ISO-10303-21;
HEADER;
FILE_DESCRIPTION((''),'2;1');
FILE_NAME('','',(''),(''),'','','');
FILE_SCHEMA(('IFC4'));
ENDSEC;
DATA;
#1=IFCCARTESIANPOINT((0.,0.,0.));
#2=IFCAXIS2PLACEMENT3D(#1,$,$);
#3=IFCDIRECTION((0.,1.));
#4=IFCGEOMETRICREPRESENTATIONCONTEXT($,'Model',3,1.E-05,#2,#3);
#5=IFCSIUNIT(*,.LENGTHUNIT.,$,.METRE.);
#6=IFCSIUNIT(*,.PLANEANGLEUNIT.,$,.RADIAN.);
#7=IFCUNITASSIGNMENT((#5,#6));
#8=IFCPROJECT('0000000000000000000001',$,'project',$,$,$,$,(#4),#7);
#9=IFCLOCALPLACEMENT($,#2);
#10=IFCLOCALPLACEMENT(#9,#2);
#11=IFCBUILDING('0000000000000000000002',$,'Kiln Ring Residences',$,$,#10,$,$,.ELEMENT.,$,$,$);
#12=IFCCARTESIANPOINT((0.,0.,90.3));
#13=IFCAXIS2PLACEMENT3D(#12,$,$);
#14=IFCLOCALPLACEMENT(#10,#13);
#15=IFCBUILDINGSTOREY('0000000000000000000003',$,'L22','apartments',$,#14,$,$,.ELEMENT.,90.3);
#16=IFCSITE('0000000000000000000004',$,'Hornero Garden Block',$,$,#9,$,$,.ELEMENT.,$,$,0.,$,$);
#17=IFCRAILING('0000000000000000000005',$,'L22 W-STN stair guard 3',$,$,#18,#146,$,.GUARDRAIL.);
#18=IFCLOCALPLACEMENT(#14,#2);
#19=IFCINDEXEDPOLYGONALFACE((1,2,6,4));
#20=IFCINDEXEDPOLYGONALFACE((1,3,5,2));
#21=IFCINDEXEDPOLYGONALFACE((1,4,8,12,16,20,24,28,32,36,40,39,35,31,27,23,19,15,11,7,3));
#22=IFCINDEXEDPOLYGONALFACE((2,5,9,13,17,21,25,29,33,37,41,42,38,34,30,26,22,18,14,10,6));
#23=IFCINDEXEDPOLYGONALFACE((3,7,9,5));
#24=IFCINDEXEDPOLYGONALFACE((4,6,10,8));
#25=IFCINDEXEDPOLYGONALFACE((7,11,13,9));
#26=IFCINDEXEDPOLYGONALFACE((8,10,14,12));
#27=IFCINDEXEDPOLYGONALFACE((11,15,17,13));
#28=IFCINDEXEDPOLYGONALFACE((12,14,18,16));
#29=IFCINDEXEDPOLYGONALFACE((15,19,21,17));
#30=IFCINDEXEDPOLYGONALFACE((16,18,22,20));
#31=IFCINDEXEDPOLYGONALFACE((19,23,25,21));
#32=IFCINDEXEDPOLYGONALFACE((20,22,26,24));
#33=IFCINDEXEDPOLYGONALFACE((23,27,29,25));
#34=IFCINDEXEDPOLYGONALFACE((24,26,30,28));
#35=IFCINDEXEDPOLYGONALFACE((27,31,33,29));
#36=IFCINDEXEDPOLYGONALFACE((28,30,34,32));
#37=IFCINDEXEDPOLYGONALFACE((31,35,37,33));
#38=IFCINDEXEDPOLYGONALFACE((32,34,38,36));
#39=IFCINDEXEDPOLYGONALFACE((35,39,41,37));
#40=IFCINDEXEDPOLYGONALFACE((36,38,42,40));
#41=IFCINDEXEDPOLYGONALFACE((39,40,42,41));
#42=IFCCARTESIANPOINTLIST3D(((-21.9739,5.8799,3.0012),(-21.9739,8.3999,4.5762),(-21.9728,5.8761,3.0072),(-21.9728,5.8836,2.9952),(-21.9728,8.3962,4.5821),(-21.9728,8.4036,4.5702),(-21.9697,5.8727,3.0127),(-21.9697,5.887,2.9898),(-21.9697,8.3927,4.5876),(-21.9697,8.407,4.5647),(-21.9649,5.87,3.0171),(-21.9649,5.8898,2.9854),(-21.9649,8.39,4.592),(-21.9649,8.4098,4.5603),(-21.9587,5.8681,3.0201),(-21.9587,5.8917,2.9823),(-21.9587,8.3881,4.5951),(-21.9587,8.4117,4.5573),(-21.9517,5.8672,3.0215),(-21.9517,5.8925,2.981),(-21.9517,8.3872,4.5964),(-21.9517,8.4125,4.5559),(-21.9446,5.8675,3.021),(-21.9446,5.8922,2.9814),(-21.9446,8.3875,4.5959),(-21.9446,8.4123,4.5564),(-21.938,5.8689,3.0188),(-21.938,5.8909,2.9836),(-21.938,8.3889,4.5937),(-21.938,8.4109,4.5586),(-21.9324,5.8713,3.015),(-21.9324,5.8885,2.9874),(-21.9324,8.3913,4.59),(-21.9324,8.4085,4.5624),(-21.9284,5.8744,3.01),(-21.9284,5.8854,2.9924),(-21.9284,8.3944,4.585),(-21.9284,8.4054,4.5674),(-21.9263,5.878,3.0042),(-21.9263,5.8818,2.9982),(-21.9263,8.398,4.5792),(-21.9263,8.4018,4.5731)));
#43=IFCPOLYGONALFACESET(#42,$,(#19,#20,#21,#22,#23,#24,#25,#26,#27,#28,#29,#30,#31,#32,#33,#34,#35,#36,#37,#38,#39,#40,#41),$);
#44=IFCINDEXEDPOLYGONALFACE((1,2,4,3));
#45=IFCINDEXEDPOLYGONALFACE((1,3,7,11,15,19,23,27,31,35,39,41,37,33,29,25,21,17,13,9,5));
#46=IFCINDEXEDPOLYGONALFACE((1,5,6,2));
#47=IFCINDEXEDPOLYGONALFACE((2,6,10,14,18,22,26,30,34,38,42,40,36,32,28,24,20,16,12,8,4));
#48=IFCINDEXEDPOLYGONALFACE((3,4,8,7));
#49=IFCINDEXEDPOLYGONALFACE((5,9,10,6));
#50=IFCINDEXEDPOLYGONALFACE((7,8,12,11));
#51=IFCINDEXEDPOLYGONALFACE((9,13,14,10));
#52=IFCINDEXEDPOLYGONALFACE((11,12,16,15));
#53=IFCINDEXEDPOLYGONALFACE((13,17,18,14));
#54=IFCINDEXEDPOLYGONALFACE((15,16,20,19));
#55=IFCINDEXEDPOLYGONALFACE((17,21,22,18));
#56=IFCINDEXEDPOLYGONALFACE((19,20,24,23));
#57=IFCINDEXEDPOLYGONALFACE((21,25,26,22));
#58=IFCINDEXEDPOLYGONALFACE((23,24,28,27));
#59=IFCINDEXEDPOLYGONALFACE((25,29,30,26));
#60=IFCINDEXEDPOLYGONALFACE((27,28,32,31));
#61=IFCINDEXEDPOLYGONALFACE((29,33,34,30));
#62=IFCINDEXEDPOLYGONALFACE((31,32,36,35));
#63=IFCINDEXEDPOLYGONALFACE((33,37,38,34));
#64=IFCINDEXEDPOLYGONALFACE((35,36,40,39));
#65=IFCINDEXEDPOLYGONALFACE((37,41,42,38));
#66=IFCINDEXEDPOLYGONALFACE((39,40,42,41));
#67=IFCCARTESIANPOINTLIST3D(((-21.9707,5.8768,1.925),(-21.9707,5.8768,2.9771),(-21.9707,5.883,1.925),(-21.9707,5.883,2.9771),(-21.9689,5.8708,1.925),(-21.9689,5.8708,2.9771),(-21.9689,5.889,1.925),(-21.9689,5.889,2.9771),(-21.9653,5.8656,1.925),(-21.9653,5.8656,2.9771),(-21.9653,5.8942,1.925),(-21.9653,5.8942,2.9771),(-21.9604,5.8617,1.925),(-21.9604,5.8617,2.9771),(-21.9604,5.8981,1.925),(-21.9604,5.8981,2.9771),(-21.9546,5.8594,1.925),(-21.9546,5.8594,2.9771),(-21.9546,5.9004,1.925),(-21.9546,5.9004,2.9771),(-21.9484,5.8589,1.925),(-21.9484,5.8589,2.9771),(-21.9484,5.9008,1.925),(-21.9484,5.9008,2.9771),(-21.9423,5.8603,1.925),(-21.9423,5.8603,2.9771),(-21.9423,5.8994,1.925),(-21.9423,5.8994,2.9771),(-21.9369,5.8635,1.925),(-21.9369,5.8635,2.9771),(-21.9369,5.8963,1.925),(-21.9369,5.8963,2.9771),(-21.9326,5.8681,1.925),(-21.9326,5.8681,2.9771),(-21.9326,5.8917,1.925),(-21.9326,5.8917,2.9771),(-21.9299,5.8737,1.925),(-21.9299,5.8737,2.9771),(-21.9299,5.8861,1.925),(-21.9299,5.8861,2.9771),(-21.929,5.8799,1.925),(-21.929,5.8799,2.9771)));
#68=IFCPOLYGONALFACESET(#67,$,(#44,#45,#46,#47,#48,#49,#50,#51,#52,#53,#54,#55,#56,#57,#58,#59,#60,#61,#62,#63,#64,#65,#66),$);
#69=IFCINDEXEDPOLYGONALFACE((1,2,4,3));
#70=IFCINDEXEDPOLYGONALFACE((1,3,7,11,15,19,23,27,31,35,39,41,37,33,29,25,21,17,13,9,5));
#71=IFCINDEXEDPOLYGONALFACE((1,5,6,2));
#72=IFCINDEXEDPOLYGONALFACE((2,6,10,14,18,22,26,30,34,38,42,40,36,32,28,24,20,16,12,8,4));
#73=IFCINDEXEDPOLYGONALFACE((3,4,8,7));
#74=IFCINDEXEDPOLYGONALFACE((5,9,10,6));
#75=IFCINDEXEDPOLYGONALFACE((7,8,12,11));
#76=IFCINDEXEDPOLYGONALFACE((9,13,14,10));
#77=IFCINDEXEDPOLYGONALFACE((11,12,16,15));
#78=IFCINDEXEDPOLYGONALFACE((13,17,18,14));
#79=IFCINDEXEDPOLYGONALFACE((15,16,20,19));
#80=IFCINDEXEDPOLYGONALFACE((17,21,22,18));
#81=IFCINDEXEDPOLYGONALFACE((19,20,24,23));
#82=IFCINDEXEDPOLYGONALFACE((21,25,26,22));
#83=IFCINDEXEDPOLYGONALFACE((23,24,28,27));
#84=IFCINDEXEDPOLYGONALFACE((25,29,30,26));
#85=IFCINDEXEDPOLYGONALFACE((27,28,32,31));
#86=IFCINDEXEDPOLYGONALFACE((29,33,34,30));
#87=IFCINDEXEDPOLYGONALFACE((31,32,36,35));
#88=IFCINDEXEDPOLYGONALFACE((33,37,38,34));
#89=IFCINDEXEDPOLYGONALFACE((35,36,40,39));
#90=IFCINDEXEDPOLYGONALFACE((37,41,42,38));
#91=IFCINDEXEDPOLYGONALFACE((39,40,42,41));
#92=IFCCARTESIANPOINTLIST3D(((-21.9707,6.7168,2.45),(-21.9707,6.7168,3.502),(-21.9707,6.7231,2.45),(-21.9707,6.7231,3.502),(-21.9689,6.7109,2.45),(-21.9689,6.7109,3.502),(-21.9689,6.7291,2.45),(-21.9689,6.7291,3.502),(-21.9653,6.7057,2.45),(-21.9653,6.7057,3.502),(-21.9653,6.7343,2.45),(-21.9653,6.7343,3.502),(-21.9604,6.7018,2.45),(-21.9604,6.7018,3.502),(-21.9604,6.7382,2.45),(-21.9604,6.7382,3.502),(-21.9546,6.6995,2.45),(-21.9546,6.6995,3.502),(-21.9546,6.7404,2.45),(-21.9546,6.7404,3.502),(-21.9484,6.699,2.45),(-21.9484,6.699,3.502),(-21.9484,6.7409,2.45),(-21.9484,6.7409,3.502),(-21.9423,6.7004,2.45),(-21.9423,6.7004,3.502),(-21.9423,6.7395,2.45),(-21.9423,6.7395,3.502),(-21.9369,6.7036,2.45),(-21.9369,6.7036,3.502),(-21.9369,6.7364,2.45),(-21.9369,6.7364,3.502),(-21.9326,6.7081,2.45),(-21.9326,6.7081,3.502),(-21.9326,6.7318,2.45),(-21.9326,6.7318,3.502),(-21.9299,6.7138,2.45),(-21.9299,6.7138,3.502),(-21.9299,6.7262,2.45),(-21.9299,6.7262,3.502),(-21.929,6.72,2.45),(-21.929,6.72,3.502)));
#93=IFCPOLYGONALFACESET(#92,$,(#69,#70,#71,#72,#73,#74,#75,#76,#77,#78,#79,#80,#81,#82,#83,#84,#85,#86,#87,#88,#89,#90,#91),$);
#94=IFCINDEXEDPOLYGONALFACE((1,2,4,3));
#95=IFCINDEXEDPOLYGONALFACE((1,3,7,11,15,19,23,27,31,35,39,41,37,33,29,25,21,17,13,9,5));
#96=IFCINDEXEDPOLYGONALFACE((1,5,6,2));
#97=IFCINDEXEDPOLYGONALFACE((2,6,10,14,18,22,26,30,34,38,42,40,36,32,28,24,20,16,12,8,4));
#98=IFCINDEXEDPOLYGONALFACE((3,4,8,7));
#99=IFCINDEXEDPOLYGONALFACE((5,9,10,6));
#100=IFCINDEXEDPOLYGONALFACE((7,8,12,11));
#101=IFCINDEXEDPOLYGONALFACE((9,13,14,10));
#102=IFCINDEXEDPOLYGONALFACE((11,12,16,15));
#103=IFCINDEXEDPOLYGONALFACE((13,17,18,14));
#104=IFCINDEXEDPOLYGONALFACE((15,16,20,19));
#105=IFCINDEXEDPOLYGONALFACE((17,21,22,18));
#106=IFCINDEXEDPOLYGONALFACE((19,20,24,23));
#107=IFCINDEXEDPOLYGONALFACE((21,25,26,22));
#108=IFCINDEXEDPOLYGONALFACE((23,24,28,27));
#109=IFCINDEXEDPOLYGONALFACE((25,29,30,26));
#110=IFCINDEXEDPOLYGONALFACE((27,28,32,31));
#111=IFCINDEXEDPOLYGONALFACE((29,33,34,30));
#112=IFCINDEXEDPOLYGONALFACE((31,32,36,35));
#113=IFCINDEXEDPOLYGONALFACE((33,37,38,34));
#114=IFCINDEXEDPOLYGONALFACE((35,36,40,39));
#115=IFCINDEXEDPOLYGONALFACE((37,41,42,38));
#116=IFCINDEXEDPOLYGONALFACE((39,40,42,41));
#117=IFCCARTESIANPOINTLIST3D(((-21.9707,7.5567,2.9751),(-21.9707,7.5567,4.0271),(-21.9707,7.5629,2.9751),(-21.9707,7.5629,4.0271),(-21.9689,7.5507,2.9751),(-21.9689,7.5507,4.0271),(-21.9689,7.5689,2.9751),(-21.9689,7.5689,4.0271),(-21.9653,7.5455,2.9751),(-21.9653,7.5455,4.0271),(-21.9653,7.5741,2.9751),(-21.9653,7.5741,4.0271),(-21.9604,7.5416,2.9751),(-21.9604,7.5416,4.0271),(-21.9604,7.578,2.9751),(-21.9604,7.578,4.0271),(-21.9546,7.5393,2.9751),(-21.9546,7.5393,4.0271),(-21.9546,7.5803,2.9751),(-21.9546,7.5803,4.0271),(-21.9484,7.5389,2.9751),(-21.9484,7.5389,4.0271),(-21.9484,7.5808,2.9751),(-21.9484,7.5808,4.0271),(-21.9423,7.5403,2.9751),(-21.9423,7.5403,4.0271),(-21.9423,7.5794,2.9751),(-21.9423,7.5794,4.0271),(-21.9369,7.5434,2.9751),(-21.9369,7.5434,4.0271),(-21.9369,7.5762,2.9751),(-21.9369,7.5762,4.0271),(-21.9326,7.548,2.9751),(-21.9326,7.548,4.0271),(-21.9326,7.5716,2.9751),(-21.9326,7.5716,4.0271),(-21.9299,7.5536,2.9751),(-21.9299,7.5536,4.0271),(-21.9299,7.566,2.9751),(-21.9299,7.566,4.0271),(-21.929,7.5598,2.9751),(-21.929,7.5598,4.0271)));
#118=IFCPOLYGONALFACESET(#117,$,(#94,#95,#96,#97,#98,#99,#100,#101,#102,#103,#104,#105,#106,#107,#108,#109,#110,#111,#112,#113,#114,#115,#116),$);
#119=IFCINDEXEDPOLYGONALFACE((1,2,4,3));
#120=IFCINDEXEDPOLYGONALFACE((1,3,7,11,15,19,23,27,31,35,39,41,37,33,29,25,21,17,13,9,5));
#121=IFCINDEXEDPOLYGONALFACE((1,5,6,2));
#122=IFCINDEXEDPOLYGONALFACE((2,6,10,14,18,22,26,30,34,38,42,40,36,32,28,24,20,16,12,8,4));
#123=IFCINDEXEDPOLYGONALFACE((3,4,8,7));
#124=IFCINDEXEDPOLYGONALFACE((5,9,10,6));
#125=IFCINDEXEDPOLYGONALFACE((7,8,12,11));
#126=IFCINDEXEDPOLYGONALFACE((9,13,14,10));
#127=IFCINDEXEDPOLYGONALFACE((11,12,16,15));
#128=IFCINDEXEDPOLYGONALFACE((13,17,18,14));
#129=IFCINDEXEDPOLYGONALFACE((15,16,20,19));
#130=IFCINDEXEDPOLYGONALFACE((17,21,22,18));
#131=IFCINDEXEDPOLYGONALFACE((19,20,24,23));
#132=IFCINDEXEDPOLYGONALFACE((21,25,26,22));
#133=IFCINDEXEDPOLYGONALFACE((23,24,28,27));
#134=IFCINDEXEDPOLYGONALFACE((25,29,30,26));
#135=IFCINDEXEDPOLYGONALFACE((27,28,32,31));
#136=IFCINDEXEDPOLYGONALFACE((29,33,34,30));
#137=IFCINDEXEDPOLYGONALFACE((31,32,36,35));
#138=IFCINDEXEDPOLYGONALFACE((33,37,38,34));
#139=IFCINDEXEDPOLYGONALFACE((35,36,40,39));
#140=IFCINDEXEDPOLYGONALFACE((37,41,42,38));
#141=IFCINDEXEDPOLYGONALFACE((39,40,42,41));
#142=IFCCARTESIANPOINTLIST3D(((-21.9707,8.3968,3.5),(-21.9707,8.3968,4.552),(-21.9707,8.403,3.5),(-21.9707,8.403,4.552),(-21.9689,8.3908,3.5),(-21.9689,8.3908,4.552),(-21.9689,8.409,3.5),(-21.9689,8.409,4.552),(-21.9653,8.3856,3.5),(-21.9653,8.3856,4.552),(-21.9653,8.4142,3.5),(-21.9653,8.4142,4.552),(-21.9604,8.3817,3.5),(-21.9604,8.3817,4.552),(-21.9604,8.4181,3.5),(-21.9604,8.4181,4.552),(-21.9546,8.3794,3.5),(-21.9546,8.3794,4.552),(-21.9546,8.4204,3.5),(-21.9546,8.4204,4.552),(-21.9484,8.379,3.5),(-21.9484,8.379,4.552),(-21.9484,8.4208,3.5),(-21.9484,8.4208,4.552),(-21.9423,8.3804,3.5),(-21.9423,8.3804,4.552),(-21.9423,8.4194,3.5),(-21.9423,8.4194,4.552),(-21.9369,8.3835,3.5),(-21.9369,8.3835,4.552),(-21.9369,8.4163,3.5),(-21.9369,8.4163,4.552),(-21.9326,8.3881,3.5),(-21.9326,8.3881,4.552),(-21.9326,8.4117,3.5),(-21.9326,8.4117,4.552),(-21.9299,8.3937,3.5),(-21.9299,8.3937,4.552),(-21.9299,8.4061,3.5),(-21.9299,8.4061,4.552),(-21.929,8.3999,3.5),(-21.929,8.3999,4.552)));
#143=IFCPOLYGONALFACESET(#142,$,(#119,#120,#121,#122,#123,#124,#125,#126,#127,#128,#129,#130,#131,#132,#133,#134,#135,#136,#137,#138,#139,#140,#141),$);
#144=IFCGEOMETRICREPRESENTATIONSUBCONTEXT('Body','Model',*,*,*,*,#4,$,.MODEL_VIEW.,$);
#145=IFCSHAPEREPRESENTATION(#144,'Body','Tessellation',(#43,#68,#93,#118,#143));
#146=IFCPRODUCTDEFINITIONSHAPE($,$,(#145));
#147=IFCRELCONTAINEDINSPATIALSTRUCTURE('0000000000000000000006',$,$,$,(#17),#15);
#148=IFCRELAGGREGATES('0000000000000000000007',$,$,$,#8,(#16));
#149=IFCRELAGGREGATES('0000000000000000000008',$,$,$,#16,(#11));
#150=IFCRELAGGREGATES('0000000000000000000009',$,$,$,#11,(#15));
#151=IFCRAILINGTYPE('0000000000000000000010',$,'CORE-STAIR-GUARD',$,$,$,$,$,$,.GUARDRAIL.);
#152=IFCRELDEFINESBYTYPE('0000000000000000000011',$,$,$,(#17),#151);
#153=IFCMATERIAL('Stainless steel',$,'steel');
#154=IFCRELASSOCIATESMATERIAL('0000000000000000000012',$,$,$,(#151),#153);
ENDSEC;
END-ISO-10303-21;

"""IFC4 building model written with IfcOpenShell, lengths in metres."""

from ifc_helpers import new_model, si_unit, direction, frame, origin, origin_2d, place, context, subcontext, project, spatial, circle, extrude, material, type_object, element, save


model = new_model("IFC4")

# Units and contexts
model_context = context("Model", 3, precision=1e-05, world=origin(), true_north=direction((0.0, 1.0)))
body_context = subcontext(model_context, "Body", "Model", "MODEL_VIEW")
ifc_project = project(units=[si_unit("LENGTHUNIT", "METRE"), si_unit("PLANEANGLEUNIT", "RADIAN")], contexts=[model_context])

# Site, building, storey
site_placement = place(None, origin())
site = spatial("IfcSite", under=ifc_project, at=site_placement, Name="Hornero Garden Block", CompositionType="ELEMENT", RefElevation=0.0)
building_placement = place(site_placement, origin())
building = spatial("IfcBuilding", under=site, at=building_placement, Name="Kiln Ring Residences", CompositionType="ELEMENT")
storey_placement = place(building_placement, frame((0.0, 0.0, 90.3)))
storey = spatial("IfcBuildingStorey", under=building, at=storey_placement, Name="L22", Description="apartments", CompositionType="ELEMENT", Elevation=90.3)

# Railing
ifc_material_1 = material(Name="Stainless steel", Category="steel")
railing_type_1 = type_object("IfcRailingType", Name="CORE-STAIR-GUARD", PredefinedType="GUARDRAIL", material=ifc_material_1)
railing_1_placement = place(storey_placement, frame((-21.95, 5.8799, 1.925)))
element("IfcRailing", 1, at=railing_1_placement, inside=storey, type_object=railing_type_1, Name="L22 W-STN stair guard 3", PredefinedType="GUARDRAIL", context=body_context, shape_type="SweptSolid", body=[
    extrude(circle(Radius=0.0239, at=origin_2d()), frame((0.0, 0.0, 1.0762), z_axis=(0.0, 0.848008, 0.529984), x_axis=(-1.0, 0.0, 0.0)), (0.0, 0.0, 1.0), 2.9717),
    extrude(circle(Radius=0.021, at=origin_2d()), origin(), (0.0, 0.0, 1.0), 1.052),
    extrude(circle(Radius=0.021, at=origin_2d()), frame((0.0, 0.8401, 0.5249)), (0.0, 0.0, 1.0), 1.052),
    extrude(circle(Radius=0.021, at=origin_2d()), frame((0.0, 1.6799, 1.05)), (0.0, 0.0, 1.0), 1.052),
    extrude(circle(Radius=0.021, at=origin_2d()), frame((0.0, 2.52, 1.575)), (0.0, 0.0, 1.0), 1.052),
])

save(model, "model.ifc")
